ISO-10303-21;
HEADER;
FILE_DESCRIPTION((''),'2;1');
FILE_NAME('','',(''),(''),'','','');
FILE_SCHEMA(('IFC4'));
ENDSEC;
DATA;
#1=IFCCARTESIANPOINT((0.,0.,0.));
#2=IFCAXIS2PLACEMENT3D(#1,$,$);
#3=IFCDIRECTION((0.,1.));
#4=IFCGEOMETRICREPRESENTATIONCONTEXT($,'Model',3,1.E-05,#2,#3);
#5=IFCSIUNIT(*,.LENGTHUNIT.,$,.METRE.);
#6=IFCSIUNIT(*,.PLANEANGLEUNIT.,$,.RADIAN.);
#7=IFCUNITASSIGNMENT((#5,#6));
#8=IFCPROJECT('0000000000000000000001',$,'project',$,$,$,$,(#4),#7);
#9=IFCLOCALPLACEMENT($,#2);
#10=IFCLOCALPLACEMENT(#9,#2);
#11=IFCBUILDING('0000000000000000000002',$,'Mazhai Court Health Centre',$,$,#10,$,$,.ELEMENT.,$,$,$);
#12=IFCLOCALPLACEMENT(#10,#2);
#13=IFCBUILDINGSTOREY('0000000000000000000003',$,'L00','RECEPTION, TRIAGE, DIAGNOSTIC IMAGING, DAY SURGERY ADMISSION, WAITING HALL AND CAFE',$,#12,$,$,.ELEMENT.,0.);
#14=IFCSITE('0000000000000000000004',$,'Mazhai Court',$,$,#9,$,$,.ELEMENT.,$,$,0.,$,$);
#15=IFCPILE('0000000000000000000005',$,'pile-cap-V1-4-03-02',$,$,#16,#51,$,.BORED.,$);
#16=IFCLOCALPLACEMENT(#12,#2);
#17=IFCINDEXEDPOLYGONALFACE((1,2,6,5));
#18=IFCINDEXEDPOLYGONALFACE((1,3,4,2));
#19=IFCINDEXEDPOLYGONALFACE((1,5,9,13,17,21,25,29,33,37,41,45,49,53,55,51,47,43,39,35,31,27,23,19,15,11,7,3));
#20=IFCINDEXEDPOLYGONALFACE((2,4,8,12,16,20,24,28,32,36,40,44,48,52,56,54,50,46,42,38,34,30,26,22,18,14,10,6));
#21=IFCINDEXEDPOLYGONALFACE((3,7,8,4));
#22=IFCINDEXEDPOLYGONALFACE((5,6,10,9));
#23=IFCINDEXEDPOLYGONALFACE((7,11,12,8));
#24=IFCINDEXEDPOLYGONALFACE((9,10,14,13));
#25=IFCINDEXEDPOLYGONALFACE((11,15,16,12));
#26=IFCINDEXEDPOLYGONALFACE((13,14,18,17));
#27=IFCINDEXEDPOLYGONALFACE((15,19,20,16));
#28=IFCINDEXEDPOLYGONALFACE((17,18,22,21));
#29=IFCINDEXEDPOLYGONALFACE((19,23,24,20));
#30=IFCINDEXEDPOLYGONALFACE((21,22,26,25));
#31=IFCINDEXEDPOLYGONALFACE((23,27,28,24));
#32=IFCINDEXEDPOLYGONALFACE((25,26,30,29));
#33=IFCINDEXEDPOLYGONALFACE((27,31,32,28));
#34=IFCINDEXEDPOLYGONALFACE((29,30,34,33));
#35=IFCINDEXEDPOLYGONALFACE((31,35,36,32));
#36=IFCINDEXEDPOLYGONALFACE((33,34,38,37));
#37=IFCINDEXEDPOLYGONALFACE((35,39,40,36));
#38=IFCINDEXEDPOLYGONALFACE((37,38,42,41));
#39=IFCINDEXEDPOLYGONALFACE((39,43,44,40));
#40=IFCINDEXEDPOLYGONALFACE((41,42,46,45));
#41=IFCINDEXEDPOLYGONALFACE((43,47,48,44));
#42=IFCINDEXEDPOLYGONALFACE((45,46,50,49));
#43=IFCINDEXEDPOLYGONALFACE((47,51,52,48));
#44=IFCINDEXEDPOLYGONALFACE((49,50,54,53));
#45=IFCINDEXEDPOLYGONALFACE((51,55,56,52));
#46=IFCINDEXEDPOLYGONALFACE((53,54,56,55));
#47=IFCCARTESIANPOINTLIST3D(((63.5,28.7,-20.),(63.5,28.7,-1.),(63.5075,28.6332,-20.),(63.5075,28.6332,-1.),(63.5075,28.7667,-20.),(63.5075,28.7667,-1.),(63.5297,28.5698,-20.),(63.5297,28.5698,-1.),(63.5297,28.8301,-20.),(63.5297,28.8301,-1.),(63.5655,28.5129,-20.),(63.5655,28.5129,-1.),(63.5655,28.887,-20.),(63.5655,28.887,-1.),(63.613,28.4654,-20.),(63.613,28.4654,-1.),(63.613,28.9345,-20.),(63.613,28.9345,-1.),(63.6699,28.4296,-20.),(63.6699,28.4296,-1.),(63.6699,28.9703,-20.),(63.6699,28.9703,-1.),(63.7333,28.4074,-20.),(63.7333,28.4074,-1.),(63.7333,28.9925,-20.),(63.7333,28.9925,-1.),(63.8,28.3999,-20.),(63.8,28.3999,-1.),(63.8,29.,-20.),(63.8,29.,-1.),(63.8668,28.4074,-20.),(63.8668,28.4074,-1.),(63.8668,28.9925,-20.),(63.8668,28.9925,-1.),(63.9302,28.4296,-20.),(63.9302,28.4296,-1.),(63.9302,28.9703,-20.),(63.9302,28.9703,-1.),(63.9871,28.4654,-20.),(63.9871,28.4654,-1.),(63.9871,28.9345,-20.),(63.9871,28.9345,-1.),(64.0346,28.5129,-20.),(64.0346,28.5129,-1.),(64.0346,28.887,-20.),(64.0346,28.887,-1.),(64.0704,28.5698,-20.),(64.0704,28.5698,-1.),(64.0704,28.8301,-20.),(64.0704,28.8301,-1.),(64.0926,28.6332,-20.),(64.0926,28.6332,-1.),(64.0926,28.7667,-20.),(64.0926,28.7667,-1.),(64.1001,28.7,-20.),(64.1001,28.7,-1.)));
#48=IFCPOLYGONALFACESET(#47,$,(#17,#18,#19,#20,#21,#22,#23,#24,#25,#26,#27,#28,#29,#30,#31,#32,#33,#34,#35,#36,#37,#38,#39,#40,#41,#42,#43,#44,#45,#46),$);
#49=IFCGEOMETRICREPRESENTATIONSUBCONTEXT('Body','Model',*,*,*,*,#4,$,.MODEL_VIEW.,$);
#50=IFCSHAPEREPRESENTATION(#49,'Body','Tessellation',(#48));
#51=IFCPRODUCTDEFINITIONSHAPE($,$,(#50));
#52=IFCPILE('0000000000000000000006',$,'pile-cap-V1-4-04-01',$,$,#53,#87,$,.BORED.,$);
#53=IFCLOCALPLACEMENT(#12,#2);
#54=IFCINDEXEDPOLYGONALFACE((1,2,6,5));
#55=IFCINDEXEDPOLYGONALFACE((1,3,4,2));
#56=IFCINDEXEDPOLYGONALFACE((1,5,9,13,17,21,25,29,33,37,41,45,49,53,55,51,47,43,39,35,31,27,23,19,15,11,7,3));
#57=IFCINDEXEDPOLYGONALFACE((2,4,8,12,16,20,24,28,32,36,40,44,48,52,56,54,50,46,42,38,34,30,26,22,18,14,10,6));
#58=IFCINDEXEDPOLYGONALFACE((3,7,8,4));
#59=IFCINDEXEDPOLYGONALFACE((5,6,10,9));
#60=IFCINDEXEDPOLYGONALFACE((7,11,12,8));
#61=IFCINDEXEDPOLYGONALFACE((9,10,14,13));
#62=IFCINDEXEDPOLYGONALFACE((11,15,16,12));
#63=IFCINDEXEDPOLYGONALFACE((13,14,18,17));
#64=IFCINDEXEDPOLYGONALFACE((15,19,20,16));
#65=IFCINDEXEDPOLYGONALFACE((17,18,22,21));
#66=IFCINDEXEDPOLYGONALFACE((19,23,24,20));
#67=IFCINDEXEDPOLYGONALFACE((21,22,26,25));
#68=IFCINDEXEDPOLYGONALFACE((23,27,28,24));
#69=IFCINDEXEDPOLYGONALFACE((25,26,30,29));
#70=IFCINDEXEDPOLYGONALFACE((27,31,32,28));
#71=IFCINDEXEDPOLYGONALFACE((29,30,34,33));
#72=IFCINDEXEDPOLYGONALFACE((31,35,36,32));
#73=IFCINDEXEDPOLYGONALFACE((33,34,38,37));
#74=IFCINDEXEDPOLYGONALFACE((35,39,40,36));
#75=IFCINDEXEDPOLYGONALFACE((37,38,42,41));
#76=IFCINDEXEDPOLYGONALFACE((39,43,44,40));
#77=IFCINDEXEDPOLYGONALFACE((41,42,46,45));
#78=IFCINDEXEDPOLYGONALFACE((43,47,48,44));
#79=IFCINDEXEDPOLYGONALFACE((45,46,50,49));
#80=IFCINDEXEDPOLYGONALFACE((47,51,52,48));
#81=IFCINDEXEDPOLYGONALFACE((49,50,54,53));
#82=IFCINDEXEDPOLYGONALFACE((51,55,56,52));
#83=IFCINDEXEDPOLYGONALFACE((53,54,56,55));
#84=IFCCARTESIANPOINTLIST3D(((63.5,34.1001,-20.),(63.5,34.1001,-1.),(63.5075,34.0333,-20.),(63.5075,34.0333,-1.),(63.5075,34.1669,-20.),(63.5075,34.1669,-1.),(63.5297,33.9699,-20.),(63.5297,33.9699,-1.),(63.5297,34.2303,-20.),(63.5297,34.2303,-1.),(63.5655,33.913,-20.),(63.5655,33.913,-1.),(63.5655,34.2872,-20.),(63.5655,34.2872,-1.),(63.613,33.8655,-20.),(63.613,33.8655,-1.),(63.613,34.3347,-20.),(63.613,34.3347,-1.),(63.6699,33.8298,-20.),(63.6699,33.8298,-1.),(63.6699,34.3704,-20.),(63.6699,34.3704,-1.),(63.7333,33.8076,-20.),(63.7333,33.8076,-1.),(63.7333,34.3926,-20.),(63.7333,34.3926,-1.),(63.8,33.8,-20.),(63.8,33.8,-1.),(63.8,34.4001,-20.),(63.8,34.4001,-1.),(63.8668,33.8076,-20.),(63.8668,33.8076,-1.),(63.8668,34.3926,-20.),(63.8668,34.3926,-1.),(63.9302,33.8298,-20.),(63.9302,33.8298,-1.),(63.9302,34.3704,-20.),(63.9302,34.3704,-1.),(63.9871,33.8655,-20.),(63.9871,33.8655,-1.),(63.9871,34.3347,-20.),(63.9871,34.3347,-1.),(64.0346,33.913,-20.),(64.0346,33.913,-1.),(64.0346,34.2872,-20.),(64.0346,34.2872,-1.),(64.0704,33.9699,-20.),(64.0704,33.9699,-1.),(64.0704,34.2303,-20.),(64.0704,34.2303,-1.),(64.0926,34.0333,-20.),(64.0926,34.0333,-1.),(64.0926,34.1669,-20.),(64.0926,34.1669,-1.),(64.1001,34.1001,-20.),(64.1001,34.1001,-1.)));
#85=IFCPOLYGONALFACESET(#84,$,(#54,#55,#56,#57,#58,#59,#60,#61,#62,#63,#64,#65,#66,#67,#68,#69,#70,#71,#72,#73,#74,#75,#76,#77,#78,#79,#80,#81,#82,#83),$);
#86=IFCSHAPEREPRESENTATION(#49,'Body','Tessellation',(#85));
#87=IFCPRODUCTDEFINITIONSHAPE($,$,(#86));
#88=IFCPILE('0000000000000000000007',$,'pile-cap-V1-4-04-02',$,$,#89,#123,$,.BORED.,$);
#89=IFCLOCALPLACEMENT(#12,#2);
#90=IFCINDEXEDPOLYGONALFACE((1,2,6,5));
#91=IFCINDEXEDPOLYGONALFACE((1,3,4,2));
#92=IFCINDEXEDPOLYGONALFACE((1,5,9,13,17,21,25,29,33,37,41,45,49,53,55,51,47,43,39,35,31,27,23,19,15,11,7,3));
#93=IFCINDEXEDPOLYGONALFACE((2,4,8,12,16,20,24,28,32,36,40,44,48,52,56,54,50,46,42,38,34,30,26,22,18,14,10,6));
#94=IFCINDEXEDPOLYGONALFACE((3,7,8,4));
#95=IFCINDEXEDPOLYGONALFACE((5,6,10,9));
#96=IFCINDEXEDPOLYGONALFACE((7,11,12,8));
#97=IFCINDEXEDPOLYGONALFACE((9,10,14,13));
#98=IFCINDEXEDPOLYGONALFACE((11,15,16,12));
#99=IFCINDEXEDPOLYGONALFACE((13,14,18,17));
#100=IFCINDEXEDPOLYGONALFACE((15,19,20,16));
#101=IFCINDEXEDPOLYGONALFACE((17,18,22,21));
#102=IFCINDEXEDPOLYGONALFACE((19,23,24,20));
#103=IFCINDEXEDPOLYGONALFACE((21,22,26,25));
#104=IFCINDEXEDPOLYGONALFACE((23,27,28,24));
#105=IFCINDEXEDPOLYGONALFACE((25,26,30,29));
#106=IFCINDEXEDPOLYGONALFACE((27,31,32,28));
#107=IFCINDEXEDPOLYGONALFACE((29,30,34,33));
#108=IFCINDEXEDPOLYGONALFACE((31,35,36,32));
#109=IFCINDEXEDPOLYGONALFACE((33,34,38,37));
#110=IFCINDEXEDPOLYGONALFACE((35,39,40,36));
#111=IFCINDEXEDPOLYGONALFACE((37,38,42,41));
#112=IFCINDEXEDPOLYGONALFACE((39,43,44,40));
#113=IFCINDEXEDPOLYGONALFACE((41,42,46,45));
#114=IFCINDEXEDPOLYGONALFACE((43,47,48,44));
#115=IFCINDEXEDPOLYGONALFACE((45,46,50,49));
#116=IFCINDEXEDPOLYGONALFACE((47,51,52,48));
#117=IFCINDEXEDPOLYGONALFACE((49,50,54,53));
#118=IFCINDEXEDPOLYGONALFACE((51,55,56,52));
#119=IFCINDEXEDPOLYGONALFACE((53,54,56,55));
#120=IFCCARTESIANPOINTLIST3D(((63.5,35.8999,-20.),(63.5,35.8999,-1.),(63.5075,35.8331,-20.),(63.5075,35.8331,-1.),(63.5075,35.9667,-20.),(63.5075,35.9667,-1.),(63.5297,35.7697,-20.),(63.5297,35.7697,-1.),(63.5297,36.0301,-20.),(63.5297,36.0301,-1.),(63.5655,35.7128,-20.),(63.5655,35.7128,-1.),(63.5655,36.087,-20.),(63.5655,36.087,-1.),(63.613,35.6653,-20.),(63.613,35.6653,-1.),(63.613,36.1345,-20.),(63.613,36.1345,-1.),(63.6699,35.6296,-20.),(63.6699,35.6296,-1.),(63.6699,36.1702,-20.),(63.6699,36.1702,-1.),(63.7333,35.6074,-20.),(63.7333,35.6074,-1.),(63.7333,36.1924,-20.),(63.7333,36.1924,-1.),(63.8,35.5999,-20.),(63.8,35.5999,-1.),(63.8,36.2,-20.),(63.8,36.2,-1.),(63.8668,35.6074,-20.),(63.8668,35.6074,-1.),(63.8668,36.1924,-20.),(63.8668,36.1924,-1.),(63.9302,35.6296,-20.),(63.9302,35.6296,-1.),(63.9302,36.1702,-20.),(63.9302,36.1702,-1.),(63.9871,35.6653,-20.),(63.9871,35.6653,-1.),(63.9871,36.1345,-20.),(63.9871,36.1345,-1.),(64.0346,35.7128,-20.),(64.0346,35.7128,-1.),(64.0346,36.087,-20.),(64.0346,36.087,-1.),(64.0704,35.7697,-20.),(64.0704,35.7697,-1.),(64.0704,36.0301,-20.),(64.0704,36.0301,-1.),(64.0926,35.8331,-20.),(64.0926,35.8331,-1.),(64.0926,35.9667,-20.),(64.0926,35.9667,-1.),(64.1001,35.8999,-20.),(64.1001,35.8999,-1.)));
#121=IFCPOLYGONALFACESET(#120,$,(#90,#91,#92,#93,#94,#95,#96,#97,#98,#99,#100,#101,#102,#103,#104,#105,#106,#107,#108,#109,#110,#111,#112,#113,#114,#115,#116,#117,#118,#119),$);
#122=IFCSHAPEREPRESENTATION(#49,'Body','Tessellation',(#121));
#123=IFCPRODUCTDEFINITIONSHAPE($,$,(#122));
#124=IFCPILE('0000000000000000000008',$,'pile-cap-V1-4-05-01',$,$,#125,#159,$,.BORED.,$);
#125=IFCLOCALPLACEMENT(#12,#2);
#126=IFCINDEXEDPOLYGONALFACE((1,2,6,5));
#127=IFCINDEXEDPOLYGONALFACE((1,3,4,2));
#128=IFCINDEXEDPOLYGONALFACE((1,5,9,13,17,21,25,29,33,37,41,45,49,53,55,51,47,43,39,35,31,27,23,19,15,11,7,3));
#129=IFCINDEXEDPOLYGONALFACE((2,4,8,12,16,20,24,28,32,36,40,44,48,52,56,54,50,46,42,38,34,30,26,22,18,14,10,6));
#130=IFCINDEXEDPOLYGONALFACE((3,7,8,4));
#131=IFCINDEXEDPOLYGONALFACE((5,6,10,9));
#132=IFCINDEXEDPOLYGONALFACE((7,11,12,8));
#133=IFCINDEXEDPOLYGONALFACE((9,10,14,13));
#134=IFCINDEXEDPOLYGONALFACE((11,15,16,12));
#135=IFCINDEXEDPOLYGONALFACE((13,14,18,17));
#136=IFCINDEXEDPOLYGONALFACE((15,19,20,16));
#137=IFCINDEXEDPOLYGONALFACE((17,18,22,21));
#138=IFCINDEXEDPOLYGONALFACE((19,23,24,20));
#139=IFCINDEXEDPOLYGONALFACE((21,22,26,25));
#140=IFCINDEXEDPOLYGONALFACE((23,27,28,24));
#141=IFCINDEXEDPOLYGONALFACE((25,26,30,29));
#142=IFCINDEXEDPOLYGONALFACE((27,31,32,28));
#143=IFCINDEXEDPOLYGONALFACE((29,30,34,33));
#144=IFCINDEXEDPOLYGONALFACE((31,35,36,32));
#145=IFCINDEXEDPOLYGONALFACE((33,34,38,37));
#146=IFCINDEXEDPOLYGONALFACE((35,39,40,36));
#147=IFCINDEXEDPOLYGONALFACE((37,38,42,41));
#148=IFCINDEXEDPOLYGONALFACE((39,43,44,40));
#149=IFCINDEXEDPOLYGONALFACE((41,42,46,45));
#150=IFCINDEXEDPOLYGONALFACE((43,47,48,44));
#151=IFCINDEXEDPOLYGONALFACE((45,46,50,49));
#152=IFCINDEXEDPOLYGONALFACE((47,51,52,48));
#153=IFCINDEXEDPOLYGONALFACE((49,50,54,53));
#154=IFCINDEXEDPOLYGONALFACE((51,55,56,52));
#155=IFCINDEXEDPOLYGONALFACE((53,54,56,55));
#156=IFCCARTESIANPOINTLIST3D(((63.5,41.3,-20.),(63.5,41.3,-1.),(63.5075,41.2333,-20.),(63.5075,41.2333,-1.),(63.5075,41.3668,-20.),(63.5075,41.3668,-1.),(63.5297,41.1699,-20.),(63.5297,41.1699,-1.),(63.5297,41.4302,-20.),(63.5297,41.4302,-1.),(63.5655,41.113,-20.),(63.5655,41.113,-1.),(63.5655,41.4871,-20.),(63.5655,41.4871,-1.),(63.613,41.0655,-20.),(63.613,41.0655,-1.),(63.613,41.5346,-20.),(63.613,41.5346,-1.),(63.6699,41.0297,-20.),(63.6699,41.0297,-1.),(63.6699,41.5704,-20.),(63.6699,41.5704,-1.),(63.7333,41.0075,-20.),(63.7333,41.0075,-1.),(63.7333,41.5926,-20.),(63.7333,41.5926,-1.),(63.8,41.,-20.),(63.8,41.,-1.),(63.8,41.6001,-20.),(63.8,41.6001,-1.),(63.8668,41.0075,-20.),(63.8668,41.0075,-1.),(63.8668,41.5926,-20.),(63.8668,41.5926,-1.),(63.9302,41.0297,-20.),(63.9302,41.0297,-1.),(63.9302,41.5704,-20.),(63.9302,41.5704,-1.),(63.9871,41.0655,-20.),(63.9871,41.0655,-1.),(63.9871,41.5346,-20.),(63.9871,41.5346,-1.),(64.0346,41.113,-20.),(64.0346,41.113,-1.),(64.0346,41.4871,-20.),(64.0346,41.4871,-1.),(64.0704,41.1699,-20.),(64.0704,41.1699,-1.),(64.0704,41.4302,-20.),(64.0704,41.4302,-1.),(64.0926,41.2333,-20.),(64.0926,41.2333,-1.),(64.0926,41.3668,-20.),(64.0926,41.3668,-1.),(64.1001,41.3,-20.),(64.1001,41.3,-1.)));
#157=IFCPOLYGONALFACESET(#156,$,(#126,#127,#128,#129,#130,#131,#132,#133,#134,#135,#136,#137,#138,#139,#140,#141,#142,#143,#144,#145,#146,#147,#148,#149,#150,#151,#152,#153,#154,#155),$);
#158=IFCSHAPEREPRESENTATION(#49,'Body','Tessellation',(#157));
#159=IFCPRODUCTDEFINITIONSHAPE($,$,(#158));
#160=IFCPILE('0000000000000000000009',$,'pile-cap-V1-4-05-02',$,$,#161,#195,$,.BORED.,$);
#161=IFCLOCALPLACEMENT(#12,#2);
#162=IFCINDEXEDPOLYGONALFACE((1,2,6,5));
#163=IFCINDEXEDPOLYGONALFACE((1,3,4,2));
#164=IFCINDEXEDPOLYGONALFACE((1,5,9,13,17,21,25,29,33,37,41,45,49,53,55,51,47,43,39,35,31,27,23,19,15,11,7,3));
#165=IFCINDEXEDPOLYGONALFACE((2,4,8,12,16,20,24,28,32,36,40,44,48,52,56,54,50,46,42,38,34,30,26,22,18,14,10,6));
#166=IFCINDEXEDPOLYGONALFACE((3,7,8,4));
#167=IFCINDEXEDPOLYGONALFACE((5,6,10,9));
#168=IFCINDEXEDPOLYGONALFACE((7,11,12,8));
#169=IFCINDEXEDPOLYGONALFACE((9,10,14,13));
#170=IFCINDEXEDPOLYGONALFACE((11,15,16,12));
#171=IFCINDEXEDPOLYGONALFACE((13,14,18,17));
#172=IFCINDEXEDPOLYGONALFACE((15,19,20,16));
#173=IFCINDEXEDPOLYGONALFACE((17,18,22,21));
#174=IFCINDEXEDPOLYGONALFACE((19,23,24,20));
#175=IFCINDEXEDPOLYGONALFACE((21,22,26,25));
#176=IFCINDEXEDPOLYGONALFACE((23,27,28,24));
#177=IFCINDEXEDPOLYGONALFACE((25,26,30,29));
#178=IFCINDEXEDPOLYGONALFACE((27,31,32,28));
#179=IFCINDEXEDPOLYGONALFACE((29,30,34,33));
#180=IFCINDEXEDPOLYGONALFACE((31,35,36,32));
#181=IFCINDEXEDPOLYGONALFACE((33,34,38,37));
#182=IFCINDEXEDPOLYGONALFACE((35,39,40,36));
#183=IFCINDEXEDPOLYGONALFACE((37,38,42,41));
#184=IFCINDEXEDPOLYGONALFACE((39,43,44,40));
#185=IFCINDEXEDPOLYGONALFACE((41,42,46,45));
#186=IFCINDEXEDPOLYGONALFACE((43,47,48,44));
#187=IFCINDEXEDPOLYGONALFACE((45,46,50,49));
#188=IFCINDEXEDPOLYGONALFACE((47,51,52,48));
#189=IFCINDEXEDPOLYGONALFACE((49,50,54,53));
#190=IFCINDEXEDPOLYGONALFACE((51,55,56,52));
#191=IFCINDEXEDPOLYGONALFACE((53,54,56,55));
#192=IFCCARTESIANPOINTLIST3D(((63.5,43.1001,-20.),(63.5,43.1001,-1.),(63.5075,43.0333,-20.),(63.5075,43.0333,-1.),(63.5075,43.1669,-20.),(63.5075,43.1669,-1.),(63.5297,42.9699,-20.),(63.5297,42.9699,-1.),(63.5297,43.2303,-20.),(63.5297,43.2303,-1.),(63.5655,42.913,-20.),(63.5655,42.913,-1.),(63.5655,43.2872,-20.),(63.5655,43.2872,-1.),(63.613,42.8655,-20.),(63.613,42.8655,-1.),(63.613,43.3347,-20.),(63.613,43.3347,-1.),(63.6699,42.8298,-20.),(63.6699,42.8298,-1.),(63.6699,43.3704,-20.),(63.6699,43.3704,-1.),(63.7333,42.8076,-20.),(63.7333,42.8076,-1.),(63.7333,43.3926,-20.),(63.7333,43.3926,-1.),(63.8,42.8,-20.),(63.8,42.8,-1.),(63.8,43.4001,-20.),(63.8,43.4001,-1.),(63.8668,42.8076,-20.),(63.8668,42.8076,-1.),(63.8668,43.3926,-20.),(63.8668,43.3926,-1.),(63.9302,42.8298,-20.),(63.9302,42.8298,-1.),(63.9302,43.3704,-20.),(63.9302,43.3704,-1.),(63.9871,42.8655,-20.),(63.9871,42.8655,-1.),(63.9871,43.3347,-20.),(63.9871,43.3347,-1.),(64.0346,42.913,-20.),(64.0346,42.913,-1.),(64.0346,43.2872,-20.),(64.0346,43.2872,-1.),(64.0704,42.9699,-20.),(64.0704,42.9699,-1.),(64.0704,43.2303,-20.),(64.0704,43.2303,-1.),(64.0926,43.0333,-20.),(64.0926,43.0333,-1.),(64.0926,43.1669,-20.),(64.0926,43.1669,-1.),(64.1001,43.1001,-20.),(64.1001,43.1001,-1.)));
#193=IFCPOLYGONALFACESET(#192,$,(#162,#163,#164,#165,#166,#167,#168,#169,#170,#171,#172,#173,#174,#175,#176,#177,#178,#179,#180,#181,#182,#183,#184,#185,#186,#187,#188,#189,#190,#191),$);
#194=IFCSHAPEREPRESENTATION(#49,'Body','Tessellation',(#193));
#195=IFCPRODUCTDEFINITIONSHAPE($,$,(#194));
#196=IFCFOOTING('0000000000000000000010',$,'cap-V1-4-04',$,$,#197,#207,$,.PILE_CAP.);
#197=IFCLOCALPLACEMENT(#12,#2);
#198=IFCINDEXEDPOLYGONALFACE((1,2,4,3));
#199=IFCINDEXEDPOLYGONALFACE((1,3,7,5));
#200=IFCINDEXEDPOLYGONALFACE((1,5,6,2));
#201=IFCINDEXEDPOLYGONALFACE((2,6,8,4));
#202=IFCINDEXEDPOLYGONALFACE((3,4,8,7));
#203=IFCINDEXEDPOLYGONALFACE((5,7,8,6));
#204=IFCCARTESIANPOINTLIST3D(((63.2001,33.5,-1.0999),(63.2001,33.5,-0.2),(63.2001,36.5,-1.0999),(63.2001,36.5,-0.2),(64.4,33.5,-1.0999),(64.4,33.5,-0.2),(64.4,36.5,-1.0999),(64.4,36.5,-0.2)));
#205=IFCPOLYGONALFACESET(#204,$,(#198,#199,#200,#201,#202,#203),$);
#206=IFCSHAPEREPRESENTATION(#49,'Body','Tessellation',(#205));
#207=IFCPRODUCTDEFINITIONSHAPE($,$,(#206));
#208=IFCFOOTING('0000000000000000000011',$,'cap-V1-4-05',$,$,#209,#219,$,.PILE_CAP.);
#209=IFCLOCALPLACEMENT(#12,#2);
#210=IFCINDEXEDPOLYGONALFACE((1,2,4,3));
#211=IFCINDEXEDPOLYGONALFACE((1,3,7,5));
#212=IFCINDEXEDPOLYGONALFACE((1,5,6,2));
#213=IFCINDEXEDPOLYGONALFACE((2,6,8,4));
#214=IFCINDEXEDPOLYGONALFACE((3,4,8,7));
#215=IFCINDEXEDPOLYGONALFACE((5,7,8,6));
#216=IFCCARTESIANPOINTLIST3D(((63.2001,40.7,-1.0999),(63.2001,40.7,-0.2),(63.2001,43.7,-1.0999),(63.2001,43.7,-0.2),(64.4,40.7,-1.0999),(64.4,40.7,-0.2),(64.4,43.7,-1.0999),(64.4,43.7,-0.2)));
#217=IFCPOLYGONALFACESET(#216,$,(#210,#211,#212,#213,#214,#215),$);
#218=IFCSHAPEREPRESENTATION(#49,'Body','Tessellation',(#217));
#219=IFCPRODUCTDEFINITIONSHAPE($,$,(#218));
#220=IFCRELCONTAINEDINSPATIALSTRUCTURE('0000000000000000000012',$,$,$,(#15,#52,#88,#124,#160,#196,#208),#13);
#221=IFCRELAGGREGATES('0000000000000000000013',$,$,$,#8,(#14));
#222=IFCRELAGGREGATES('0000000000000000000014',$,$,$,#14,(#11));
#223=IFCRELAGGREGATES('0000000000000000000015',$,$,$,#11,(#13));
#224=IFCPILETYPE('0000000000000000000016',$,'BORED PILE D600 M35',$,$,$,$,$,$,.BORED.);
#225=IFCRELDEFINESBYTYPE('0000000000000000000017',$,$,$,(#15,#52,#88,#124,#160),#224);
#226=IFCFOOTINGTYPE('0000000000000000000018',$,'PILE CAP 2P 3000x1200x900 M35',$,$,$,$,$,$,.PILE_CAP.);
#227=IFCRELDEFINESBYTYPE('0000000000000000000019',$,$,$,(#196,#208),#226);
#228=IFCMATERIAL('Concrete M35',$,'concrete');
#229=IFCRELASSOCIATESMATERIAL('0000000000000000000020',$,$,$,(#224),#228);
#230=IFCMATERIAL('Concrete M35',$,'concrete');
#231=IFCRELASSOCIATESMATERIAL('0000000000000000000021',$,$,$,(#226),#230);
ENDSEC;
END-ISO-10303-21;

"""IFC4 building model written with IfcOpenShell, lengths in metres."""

from ifc_helpers import new_model, si_unit, direction, frame, origin, origin_2d, place, context, subcontext, project, spatial, rectangle, circle, extrude, material, material_profile, profile_set, type_object, element, save


model = new_model("IFC4")

# Units and contexts
model_context = context("Model", 3, precision=1e-05, world=origin(), true_north=direction((0.0, 1.0)))
body_context = subcontext(model_context, "Body", "Model", "MODEL_VIEW")
ifc_project = project(units=[si_unit("LENGTHUNIT", "METRE"), si_unit("PLANEANGLEUNIT", "RADIAN")], contexts=[model_context])

# Site, building, storey
site_placement = place(None, origin())
site = spatial("IfcSite", under=ifc_project, at=site_placement, Name="Mazhai Court", CompositionType="ELEMENT", RefElevation=0.0)
building_placement = place(site_placement, origin())
building = spatial("IfcBuilding", under=site, at=building_placement, Name="Mazhai Court Health Centre", CompositionType="ELEMENT")
storey_placement = place(building_placement, origin())
storey = spatial("IfcBuildingStorey", under=building, at=storey_placement, Name="L00", Description="RECEPTION, TRIAGE, DIAGNOSTIC IMAGING, DAY SURGERY ADMISSION, WAITING HALL AND CAFE", CompositionType="ELEMENT", Elevation=0.0)

# Piles
ifc_material_1 = material(Name="Concrete M35", Category="concrete")
ifc_material_profile_1 = material_profile(ifc_material_1, circle(Radius=0.3, at=origin_2d()), Name="RC PILE D600")
ifc_profile_set_1 = profile_set([ifc_material_profile_1], Name="Concrete M35")
pile_type = type_object("IfcPileType", Name="BORED PILE D600 M35", PredefinedType="BORED", material=ifc_profile_set_1)
for number, where, z_axis, x_axis, name in (
    (1, (63.8, 28.7, -1.0), (0.0, 0.0, -1.0), (1.0, 0.0, 0.0), "pile-cap-V1-4-03-02"),
    (2, (63.8, 34.1001, -1.0), (0.0, 0.0, -1.0), (1.0, 0.0, 0.0), "pile-cap-V1-4-04-01"),
    (3, (63.8, 35.8999, -1.0), (0.0, 0.0, -1.0), (1.0, 0.0, 0.0), "pile-cap-V1-4-04-02"),
    (4, (63.8, 41.3, -1.0), (0.0, 0.0, -1.0), (1.0, 0.0, 0.0), "pile-cap-V1-4-05-01"),
    (5, (63.8, 43.1001, -1.0), (0.0, 0.0, -1.0), (1.0, 0.0, 0.0), "pile-cap-V1-4-05-02"),
):
    element("IfcPile", number, at=place(storey_placement, frame(where, z_axis=z_axis, x_axis=x_axis)), inside=storey, type_object=pile_type, Name=name, PredefinedType="BORED", context=body_context, shape_type="SweptSolid", body=[
        extrude(circle(Radius=0.3, at=origin_2d()), origin(), (0.0, 0.0, 1.0), 19.0),
    ])

# Footings
ifc_material_2 = material(Name="Concrete M35", Category="concrete")
footing_type = type_object("IfcFootingType", Name="PILE CAP 2P 3000x1200x900 M35", PredefinedType="PILE_CAP", material=ifc_material_2)
for number, where, z_axis, x_axis, name in (
    (6, (63.8, 35.0, -1.0999), (0.0, 0.0, 1.0), (1.0, 0.0, 0.0), "cap-V1-4-04"),
    (7, (63.8, 42.2, -1.0999), (0.0, 0.0, 1.0), (1.0, 0.0, 0.0), "cap-V1-4-05"),
):
    element("IfcFooting", number, at=place(storey_placement, frame(where, z_axis=z_axis, x_axis=x_axis)), inside=storey, type_object=footing_type, Name=name, PredefinedType="PILE_CAP", context=body_context, shape_type="SweptSolid", body=[
        extrude(rectangle(XDim=1.2, YDim=3.0, at=origin_2d()), origin(), (0.0, 0.0, 1.0), 0.8999),
    ])

save(model, "model.ifc")
